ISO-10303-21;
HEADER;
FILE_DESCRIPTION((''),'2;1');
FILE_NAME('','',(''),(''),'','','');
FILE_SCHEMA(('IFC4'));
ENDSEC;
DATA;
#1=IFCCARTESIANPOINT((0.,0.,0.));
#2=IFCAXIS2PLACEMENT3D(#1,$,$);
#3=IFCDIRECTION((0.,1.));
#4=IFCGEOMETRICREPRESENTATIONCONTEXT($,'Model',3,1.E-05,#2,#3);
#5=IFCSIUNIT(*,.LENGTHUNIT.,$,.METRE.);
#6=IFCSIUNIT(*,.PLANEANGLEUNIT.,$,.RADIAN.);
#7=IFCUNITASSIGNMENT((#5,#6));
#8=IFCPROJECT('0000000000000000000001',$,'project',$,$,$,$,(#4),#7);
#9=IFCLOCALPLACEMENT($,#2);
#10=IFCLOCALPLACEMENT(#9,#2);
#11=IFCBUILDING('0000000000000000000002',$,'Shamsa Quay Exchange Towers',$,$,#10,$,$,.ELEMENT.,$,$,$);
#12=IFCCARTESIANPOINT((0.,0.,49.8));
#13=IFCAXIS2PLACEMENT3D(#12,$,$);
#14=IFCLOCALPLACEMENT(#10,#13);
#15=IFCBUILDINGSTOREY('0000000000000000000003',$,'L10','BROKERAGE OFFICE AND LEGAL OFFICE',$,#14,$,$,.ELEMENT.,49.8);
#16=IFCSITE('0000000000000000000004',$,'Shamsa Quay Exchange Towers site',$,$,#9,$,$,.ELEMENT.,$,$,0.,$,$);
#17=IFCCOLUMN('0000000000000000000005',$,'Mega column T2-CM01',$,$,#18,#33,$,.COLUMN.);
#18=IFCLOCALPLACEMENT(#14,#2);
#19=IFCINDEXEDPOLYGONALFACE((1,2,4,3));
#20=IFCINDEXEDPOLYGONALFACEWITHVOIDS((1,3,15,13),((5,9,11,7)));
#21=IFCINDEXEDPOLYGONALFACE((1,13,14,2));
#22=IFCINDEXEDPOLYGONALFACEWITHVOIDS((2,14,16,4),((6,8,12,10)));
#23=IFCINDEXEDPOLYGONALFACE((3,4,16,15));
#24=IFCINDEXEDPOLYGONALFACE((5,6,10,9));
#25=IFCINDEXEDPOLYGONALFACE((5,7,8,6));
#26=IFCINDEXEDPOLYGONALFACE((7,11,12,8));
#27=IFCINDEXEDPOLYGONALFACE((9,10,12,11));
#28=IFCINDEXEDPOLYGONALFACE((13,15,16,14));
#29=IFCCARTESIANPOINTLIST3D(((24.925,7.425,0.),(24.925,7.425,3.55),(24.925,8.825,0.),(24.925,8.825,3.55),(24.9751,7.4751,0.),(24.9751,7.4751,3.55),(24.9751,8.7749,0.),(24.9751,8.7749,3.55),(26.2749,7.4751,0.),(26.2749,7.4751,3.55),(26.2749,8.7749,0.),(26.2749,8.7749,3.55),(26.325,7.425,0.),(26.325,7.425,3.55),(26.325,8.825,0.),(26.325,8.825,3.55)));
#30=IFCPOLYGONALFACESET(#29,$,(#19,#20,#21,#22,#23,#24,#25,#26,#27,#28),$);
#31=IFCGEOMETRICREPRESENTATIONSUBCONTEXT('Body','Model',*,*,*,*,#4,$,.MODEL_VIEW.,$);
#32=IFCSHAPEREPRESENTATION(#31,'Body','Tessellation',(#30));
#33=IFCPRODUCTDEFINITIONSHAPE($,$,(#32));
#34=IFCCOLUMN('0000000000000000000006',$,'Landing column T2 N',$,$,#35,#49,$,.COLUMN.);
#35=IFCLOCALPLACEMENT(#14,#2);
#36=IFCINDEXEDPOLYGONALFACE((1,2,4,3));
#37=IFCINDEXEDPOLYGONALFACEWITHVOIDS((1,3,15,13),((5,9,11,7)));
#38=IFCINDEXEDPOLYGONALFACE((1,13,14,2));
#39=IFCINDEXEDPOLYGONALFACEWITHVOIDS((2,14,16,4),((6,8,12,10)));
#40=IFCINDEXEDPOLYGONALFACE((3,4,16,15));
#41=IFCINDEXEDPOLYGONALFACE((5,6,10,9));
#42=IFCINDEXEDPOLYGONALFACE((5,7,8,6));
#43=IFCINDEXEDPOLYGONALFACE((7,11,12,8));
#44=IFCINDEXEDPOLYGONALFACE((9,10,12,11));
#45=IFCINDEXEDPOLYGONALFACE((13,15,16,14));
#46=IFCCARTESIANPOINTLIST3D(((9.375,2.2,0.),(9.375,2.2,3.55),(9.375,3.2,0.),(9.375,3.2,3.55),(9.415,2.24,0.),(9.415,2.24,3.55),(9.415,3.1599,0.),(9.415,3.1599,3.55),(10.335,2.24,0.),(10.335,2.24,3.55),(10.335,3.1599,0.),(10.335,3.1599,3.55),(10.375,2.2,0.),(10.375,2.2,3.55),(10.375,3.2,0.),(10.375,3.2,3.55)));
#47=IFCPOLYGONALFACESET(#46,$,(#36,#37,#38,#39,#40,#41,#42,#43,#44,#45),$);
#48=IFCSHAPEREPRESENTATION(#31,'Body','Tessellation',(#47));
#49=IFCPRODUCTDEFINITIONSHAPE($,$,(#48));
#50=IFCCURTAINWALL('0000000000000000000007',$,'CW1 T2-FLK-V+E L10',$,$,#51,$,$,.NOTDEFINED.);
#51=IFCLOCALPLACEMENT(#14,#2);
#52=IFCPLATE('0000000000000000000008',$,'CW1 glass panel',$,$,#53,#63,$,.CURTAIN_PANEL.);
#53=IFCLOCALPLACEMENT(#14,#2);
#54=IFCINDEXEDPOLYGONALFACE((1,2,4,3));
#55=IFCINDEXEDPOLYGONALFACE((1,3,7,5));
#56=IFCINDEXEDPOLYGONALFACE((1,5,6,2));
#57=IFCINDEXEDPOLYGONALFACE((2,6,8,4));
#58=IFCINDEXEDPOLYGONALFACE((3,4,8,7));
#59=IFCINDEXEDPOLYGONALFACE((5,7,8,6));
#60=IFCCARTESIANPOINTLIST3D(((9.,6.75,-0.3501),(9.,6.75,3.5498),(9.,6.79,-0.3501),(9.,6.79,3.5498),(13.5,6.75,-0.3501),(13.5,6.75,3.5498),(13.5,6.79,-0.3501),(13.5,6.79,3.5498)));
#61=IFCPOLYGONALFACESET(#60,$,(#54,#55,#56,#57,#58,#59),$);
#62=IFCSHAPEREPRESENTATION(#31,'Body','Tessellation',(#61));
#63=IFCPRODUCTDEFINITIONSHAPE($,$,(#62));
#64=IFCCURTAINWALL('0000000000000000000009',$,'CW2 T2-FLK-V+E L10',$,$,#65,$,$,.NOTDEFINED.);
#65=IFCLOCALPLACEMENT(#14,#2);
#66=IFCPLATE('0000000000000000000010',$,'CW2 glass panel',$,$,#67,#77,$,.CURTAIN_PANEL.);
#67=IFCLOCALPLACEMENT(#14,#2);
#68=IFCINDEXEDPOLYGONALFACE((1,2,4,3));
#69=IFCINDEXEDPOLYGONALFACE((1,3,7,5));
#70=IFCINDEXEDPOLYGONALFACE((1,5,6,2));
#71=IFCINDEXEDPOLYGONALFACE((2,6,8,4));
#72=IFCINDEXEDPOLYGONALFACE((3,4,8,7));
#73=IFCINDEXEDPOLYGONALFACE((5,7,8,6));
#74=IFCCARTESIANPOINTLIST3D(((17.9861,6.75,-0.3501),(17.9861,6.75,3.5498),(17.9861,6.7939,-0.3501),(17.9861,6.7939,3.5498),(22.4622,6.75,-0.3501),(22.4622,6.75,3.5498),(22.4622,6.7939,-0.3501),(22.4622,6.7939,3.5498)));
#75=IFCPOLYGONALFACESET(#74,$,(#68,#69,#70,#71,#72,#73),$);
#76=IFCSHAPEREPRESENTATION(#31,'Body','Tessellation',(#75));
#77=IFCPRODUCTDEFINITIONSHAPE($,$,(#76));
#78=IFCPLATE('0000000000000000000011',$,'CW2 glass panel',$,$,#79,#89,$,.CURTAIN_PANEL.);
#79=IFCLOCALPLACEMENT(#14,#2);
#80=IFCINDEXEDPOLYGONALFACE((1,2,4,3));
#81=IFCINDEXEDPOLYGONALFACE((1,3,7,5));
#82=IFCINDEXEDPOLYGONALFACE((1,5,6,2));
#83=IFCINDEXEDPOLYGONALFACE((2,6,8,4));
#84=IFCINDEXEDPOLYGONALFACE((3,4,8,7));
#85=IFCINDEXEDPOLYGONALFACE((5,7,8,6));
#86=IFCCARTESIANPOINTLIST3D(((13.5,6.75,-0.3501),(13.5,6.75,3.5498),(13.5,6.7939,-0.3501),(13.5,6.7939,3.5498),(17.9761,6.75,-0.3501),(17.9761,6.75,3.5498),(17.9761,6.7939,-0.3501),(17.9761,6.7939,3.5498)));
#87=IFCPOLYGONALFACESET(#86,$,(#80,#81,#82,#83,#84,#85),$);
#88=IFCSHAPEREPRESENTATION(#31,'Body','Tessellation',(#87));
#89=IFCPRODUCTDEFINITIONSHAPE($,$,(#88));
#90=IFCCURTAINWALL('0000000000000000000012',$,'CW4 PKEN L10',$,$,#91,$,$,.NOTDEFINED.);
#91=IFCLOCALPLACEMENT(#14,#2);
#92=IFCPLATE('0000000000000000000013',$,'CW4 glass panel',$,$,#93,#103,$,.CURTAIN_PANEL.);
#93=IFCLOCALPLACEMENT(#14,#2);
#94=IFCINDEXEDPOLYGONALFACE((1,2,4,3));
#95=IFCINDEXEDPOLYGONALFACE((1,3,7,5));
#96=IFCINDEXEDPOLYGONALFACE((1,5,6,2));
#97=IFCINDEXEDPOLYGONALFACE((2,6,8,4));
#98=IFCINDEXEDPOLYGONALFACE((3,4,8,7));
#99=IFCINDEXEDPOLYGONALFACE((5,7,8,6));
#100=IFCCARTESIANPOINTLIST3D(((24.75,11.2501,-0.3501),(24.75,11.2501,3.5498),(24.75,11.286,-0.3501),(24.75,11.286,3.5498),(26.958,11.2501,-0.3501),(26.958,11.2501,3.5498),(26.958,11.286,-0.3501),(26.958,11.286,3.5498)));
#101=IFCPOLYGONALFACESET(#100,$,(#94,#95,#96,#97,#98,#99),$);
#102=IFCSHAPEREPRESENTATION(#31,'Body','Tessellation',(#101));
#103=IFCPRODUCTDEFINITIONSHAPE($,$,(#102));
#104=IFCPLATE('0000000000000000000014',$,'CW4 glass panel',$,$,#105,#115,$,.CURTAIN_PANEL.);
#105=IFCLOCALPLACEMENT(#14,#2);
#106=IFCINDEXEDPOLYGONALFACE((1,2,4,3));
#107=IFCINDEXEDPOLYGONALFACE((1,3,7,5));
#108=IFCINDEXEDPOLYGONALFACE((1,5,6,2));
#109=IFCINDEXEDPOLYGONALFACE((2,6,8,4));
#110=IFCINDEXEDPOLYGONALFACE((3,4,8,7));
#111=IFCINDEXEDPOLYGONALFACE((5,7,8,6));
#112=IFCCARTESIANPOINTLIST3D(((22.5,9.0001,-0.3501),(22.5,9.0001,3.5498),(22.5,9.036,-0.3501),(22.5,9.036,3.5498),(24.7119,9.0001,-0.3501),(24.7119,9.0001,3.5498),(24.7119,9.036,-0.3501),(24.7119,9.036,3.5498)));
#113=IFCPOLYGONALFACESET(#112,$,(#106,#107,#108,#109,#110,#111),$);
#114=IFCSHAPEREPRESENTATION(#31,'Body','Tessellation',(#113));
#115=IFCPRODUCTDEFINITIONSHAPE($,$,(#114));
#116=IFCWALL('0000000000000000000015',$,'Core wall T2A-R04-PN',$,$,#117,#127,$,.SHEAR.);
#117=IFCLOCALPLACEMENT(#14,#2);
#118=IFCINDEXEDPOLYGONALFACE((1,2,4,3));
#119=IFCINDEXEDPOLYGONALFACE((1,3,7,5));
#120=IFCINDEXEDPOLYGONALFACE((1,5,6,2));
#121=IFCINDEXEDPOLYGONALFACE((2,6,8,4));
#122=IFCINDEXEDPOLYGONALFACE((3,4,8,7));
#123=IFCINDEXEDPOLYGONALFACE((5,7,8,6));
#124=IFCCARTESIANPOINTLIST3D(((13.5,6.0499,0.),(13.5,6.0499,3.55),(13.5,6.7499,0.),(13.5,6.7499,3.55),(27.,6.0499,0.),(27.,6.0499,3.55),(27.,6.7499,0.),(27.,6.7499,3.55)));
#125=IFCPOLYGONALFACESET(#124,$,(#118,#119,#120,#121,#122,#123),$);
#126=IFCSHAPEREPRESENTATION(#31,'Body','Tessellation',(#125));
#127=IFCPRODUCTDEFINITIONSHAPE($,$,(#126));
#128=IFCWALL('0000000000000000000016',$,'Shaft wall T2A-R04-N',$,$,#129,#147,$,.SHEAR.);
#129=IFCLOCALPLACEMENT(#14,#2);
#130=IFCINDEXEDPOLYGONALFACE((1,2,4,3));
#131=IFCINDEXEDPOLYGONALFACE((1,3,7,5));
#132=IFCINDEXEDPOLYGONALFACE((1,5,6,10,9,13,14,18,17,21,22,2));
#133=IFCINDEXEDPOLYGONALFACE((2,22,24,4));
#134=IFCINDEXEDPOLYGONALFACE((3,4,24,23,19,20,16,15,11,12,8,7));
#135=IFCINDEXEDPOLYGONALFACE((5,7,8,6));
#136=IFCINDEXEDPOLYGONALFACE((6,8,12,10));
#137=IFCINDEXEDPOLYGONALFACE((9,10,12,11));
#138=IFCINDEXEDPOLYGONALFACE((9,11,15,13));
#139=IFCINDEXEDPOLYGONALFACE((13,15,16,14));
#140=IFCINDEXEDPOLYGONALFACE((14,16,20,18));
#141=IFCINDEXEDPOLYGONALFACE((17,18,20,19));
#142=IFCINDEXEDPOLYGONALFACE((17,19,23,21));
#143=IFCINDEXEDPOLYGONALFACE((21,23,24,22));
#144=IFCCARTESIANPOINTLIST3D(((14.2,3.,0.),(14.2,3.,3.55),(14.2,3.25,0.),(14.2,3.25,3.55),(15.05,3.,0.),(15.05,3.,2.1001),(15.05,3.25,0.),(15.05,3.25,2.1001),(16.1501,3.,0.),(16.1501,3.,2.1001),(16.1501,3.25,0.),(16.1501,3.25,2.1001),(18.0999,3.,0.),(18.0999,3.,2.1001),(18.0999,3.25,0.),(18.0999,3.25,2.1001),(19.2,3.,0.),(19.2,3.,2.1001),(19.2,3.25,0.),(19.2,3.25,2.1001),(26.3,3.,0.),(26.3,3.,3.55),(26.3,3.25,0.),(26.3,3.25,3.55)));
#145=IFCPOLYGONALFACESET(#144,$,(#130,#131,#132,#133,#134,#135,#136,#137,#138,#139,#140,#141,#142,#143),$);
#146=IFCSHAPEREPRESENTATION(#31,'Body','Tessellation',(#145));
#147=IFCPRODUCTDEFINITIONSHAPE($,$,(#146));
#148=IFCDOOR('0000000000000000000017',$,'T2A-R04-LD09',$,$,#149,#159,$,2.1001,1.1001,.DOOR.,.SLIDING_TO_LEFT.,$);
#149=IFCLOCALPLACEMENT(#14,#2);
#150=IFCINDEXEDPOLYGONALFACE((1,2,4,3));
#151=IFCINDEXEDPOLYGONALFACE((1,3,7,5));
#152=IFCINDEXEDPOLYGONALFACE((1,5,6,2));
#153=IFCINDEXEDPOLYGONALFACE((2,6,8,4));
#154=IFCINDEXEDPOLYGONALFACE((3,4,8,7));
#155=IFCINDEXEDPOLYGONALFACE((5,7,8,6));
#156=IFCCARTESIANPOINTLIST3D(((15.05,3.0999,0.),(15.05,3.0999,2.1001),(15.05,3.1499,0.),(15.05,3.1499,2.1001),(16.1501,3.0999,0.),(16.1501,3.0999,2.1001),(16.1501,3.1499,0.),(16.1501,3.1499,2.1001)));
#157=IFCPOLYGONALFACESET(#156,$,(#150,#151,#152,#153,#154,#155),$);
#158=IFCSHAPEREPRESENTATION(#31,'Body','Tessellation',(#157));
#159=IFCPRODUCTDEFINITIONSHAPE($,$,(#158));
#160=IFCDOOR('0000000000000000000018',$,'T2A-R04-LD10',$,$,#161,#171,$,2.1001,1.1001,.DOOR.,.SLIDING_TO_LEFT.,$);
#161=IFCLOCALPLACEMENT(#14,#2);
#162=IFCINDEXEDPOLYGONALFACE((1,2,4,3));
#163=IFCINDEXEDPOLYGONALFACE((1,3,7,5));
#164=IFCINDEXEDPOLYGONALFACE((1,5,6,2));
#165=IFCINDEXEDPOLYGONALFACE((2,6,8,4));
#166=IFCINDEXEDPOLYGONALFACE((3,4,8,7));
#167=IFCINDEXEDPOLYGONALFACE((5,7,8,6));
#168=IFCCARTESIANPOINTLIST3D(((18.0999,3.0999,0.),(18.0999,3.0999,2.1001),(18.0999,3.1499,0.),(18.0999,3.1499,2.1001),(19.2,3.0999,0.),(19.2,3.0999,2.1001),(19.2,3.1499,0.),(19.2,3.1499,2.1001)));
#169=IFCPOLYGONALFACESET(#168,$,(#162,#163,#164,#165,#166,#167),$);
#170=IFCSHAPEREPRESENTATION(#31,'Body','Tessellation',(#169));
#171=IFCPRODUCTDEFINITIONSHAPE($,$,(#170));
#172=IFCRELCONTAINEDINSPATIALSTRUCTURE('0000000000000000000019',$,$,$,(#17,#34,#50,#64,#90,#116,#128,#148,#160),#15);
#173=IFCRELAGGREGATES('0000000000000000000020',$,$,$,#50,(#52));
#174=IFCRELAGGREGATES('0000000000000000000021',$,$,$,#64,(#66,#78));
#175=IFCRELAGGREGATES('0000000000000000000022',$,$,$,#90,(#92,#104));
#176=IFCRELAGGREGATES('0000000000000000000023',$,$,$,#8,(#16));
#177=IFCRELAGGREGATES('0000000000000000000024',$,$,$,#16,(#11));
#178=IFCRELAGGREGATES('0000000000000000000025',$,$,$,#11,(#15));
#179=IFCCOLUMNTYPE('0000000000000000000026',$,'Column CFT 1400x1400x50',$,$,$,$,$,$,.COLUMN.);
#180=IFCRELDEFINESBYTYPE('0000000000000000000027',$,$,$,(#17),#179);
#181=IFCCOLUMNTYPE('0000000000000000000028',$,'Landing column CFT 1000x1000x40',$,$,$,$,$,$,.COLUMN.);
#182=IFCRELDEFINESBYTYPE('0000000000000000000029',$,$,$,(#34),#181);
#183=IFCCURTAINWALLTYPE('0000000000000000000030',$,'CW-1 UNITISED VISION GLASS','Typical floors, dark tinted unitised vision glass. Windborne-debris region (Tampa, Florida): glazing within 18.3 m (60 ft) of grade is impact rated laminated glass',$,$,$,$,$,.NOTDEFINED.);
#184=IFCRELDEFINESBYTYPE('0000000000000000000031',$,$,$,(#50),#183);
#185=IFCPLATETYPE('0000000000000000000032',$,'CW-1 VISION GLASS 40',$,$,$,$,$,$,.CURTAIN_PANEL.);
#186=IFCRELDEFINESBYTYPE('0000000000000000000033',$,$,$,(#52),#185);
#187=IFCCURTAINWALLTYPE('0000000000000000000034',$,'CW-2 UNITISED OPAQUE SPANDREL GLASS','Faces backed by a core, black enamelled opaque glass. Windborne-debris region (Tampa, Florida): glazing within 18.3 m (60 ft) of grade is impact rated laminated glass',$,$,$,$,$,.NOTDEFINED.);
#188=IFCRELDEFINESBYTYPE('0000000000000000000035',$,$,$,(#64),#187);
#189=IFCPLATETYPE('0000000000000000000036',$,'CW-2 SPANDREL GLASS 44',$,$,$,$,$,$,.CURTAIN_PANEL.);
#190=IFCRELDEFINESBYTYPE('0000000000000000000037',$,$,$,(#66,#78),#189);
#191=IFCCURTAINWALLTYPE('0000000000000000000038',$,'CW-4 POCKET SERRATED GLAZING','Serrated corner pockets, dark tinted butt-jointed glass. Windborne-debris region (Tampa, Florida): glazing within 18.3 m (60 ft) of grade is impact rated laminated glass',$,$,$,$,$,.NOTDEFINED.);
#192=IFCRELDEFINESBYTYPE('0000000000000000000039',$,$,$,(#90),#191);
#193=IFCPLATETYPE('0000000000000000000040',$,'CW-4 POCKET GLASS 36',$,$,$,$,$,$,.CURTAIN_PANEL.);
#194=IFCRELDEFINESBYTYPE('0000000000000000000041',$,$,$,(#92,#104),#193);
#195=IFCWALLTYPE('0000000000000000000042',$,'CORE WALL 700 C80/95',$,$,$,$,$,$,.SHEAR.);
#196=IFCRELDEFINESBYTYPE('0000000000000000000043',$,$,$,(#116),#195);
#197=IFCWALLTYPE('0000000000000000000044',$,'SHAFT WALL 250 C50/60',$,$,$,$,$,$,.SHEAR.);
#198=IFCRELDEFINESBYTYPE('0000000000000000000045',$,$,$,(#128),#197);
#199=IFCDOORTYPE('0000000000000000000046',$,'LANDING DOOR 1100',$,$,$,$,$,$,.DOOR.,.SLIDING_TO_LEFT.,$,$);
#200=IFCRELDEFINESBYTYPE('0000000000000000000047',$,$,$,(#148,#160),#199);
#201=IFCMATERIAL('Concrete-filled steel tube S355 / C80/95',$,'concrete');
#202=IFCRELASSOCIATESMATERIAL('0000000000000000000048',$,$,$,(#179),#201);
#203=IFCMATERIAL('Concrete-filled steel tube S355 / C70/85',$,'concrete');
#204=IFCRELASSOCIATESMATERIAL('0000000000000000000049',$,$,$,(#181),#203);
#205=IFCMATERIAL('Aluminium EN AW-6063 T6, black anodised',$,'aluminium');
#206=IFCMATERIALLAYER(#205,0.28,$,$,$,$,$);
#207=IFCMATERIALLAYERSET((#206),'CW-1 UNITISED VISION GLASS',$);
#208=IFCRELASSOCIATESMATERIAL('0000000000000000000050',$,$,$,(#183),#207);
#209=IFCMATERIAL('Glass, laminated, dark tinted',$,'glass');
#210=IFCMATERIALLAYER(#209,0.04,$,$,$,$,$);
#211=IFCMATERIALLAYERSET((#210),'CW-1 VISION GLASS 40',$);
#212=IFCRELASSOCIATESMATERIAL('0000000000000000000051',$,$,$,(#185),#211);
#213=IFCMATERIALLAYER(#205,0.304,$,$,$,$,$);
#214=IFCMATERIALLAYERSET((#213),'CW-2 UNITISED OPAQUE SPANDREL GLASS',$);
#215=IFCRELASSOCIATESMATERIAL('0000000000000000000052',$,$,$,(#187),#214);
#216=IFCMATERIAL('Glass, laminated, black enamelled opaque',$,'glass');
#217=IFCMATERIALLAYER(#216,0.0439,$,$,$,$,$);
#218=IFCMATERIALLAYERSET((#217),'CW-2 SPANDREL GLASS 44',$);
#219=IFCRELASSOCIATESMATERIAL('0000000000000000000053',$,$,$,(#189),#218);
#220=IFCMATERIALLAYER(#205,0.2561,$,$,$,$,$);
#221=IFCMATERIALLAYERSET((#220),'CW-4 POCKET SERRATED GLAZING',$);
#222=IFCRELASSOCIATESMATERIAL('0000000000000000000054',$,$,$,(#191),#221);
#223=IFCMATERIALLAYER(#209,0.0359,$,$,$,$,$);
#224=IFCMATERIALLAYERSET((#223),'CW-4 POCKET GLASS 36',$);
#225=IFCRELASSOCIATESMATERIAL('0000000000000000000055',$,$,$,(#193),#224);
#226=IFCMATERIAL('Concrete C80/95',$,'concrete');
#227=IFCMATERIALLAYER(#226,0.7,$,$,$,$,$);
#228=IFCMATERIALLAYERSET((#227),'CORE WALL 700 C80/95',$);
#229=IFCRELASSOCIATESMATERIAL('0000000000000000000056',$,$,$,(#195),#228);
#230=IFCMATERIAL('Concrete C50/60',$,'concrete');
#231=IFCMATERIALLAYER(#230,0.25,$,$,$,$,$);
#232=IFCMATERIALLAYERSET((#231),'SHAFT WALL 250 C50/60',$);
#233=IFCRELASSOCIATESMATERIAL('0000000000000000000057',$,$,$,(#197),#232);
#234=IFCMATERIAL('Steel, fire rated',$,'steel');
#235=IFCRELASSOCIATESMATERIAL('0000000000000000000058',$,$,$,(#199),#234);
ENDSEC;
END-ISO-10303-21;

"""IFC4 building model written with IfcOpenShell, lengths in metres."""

from ifc_helpers import new_model, si_unit, direction, frame, frame_2d, origin, origin_2d, place, context, subcontext, project, spatial, rectangle, hollow_rectangle, extrude, material, layer, layer_set, material_profile, profile_set, type_object, element, fill, aggregate, save


model = new_model("IFC4")

# Units and contexts
model_context = context("Model", 3, precision=1e-05, world=origin(), true_north=direction((0.0, 1.0)))
body_context = subcontext(model_context, "Body", "Model", "MODEL_VIEW")
ifc_project = project(units=[si_unit("LENGTHUNIT", "METRE"), si_unit("PLANEANGLEUNIT", "RADIAN")], contexts=[model_context])

# Site, building, storey
site_placement = place(None, origin())
site = spatial("IfcSite", under=ifc_project, at=site_placement, Name="Shamsa Quay Exchange Towers site", CompositionType="ELEMENT", RefElevation=0.0)
building_placement = place(site_placement, origin())
building = spatial("IfcBuilding", under=site, at=building_placement, Name="Shamsa Quay Exchange Towers", CompositionType="ELEMENT")
storey_placement = place(building_placement, frame((0.0, 0.0, 49.8)))
storey = spatial("IfcBuildingStorey", under=building, at=storey_placement, Name="L10", Description="BROKERAGE OFFICE AND LEGAL OFFICE", CompositionType="ELEMENT", Elevation=49.8)

# Columns
ifc_material_1 = material(Name="Concrete-filled steel tube S355 / C80/95", Category="concrete")
ifc_material_profile_1 = material_profile(ifc_material_1, hollow_rectangle(XDim=1.3999, YDim=1.3999, WallThickness=0.05, at=origin_2d()), Name="CFT 1400x1400x50")
ifc_profile_set_1 = profile_set([ifc_material_profile_1], Name="Concrete-filled steel tube S355 / C80/95")
column_type_1 = type_object("IfcColumnType", Name="Column CFT 1400x1400x50", PredefinedType="COLUMN", material=ifc_profile_set_1)
column_1_placement = place(storey_placement, frame((25.625, 8.125, 0.0)))
element("IfcColumn", 1, at=column_1_placement, inside=storey, type_object=column_type_1, Name="Mega column T2-CM01", PredefinedType="COLUMN", context=body_context, shape_type="SweptSolid", body=[
    extrude(hollow_rectangle(XDim=1.3999, YDim=1.3999, WallThickness=0.05, at=origin_2d()), origin(), (0.0, 0.0, 1.0), 3.55),
])
ifc_material_2 = material(Name="Concrete-filled steel tube S355 / C70/85", Category="concrete")
ifc_material_profile_2 = material_profile(ifc_material_2, hollow_rectangle(XDim=1.0, YDim=1.0, WallThickness=0.04, at=origin_2d()), Name="CFT 1000x1000x40")
ifc_profile_set_2 = profile_set([ifc_material_profile_2], Name="Concrete-filled steel tube S355 / C70/85")
column_type_2 = type_object("IfcColumnType", Name="Landing column CFT 1000x1000x40", PredefinedType="COLUMN", material=ifc_profile_set_2)
column_2_placement = place(storey_placement, frame((9.875, 2.7, 0.0)))
element("IfcColumn", 2, at=column_2_placement, inside=storey, type_object=column_type_2, Name="Landing column T2 N", PredefinedType="COLUMN", context=body_context, shape_type="SweptSolid", body=[
    extrude(hollow_rectangle(XDim=1.0, YDim=1.0, WallThickness=0.04, at=origin_2d()), origin(), (0.0, 0.0, 1.0), 3.55),
])

# Curtain wall, plate
ifc_material_3 = material(Name="Aluminium EN AW-6063 T6, black anodised", Category="aluminium")
ifc_layer_1 = layer(ifc_material_3, 0.28)
ifc_layer_set_1 = layer_set([ifc_layer_1], Name="CW-1 UNITISED VISION GLASS")
curtain_wall_type_1 = type_object("IfcCurtainWallType", Name="CW-1 UNITISED VISION GLASS", Description="Typical floors, dark tinted unitised vision glass. Windborne-debris region (Tampa, Florida): glazing within 18.3 m (60 ft) of grade is impact rated laminated glass", PredefinedType="NOTDEFINED", material=ifc_layer_set_1)
curtain_wall_1_placement = place(storey_placement, origin())
curtain_wall_1 = element("IfcCurtainWall", 3, at=curtain_wall_1_placement, inside=storey, type_object=curtain_wall_type_1, Name="CW1 T2-FLK-V+E L10", PredefinedType="NOTDEFINED")
ifc_material_4 = material(Name="Glass, laminated, dark tinted", Category="glass")
ifc_layer_2 = layer(ifc_material_4, 0.04)
ifc_layer_set_2 = layer_set([ifc_layer_2], Name="CW-1 VISION GLASS 40")
plate_type_1 = type_object("IfcPlateType", Name="CW-1 VISION GLASS 40", PredefinedType="CURTAIN_PANEL", material=ifc_layer_set_2)
plate_1_placement = place(storey_placement, frame((11.25, 6.77, -0.3501), z_axis=(0.0, 0.0, 1.0), x_axis=(-1.0, 0.0, 0.0)))
plate_1 = element("IfcPlate", 4, at=plate_1_placement, type_object=plate_type_1, Name="CW1 glass panel", PredefinedType="CURTAIN_PANEL", context=body_context, shape_type="SweptSolid", body=[
    extrude(rectangle(XDim=4.5, YDim=0.04, at=origin_2d()), origin(), (0.0, 0.0, 1.0), 3.8999),
])
aggregate(curtain_wall_1, [plate_1])

# Curtain walls, plates
ifc_layer_3 = layer(ifc_material_3, 0.304)
ifc_layer_set_3 = layer_set([ifc_layer_3], Name="CW-2 UNITISED OPAQUE SPANDREL GLASS")
curtain_wall_type_2 = type_object("IfcCurtainWallType", Name="CW-2 UNITISED OPAQUE SPANDREL GLASS", Description="Faces backed by a core, black enamelled opaque glass. Windborne-debris region (Tampa, Florida): glazing within 18.3 m (60 ft) of grade is impact rated laminated glass", PredefinedType="NOTDEFINED", material=ifc_layer_set_3)
curtain_wall_2_placement = place(storey_placement, origin())
curtain_wall_2 = element("IfcCurtainWall", 5, at=curtain_wall_2_placement, inside=storey, type_object=curtain_wall_type_2, Name="CW2 T2-FLK-V+E L10", PredefinedType="NOTDEFINED")
ifc_material_5 = material(Name="Glass, laminated, black enamelled opaque", Category="glass")
ifc_layer_4 = layer(ifc_material_5, 0.0439)
ifc_layer_set_4 = layer_set([ifc_layer_4], Name="CW-2 SPANDREL GLASS 44")
plate_type_2 = type_object("IfcPlateType", Name="CW-2 SPANDREL GLASS 44", PredefinedType="CURTAIN_PANEL", material=ifc_layer_set_4)
plate_2_placement = place(storey_placement, frame((20.2241, 6.772, -0.3501), z_axis=(0.0, 0.0, 1.0), x_axis=(-1.0, 0.0, 0.0)))
plate_2 = element("IfcPlate", 6, at=plate_2_placement, type_object=plate_type_2, Name="CW2 glass panel", PredefinedType="CURTAIN_PANEL", context=body_context, shape_type="SweptSolid", body=[
    extrude(rectangle(XDim=4.4761, YDim=0.0439, at=origin_2d()), origin(), (0.0, 0.0, 1.0), 3.8999),
])
plate_3_placement = place(storey_placement, frame((15.738, 6.772, -0.3501), z_axis=(0.0, 0.0, 1.0), x_axis=(-1.0, 0.0, 0.0)))
plate_3 = element("IfcPlate", 7, at=plate_3_placement, type_object=plate_type_2, Name="CW2 glass panel", PredefinedType="CURTAIN_PANEL", context=body_context, shape_type="SweptSolid", body=[
    extrude(rectangle(XDim=4.4761, YDim=0.0439, at=origin_2d()), origin(), (0.0, 0.0, 1.0), 3.8999),
])
aggregate(curtain_wall_2, [plate_2, plate_3])
ifc_layer_5 = layer(ifc_material_3, 0.2561)
ifc_layer_set_5 = layer_set([ifc_layer_5], Name="CW-4 POCKET SERRATED GLAZING")
curtain_wall_type_3 = type_object("IfcCurtainWallType", Name="CW-4 POCKET SERRATED GLAZING", Description="Serrated corner pockets, dark tinted butt-jointed glass. Windborne-debris region (Tampa, Florida): glazing within 18.3 m (60 ft) of grade is impact rated laminated glass", PredefinedType="NOTDEFINED", material=ifc_layer_set_5)
curtain_wall_3_placement = place(storey_placement, origin())
curtain_wall_3 = element("IfcCurtainWall", 8, at=curtain_wall_3_placement, inside=storey, type_object=curtain_wall_type_3, Name="CW4 PKEN L10", PredefinedType="NOTDEFINED")
ifc_layer_6 = layer(ifc_material_4, 0.0359)
ifc_layer_set_6 = layer_set([ifc_layer_6], Name="CW-4 POCKET GLASS 36")
plate_type_3 = type_object("IfcPlateType", Name="CW-4 POCKET GLASS 36", PredefinedType="CURTAIN_PANEL", material=ifc_layer_set_6)
plate_4_placement = place(storey_placement, frame((25.854, 11.2681, -0.3501), z_axis=(0.0, 0.0, 1.0), x_axis=(-1.0, 0.0, 0.0)))
plate_4 = element("IfcPlate", 9, at=plate_4_placement, type_object=plate_type_3, Name="CW4 glass panel", PredefinedType="CURTAIN_PANEL", context=body_context, shape_type="SweptSolid", body=[
    extrude(rectangle(XDim=2.208, YDim=0.0359, at=origin_2d()), origin(), (0.0, 0.0, 1.0), 3.8999),
])
plate_5_placement = place(storey_placement, frame((23.606, 9.0181, -0.3501), z_axis=(0.0, 0.0, 1.0), x_axis=(-1.0, 0.0, 0.0)))
plate_5 = element("IfcPlate", 10, at=plate_5_placement, type_object=plate_type_3, Name="CW4 glass panel", PredefinedType="CURTAIN_PANEL", context=body_context, shape_type="SweptSolid", body=[
    extrude(rectangle(XDim=2.2119, YDim=0.0359, at=origin_2d()), origin(), (0.0, 0.0, 1.0), 3.8999),
])
aggregate(curtain_wall_3, [plate_4, plate_5])

# Wall
ifc_material_6 = material(Name="Concrete C80/95", Category="concrete")
ifc_layer_7 = layer(ifc_material_6, 0.7)
ifc_layer_set_7 = layer_set([ifc_layer_7], Name="CORE WALL 700 C80/95")
wall_type_1 = type_object("IfcWallType", Name="CORE WALL 700 C80/95", PredefinedType="SHEAR", material=ifc_layer_set_7)
wall_1_placement = place(storey_placement, frame((13.5, 6.3999, 0.0)))
element("IfcWall", 11, at=wall_1_placement, inside=storey, type_object=wall_type_1, Name="Core wall T2A-R04-PN", PredefinedType="SHEAR", context=body_context, shape_type="SweptSolid", body=[
    extrude(rectangle(XDim=13.5, YDim=0.7, at=frame_2d((6.75, 0.0))), origin(), (0.0, 0.0, 1.0), 3.55),
])

# Shared definitions
ifc_material_7 = material(Name="Steel, fire rated", Category="steel")

# Wall, openings, doors
ifc_material_8 = material(Name="Concrete C50/60", Category="concrete")
ifc_layer_8 = layer(ifc_material_8, 0.25)
ifc_layer_set_8 = layer_set([ifc_layer_8], Name="SHAFT WALL 250 C50/60")
wall_type_2 = type_object("IfcWallType", Name="SHAFT WALL 250 C50/60", PredefinedType="SHEAR", material=ifc_layer_set_8)
wall_2_placement = place(storey_placement, frame((14.2, 3.125, 0.0)))
wall_2 = element("IfcWall", 12, at=wall_2_placement, inside=storey, type_object=wall_type_2, Name="Shaft wall T2A-R04-N", PredefinedType="SHEAR", context=body_context, shape_type="SweptSolid", body=[
    extrude(rectangle(XDim=12.1001, YDim=0.25, at=frame_2d((6.05, 0.0))), origin(), (0.0, 0.0, 1.0), 3.55),
])
opening_1_placement = place(wall_2_placement, frame((0.8501, 0.0, 0.0)))
opening_1 = element("IfcOpeningElement", 13, at=opening_1_placement, cuts=wall_2, PredefinedType="OPENING", context=body_context, shape_type="SweptSolid", body=[
    extrude(rectangle(XDim=1.1001, YDim=2.1001, at=frame_2d((0.55, 1.05))), frame((0.0, 0.135, 0.0), z_axis=(0.0, -1.0, 0.0), x_axis=(1.0, 0.0, 0.0)), (0.0, 0.0, 1.0), 0.27),
])
opening_2_placement = place(wall_2_placement, frame((3.8999, 0.0, 0.0)))
opening_2 = element("IfcOpeningElement", 14, at=opening_2_placement, cuts=wall_2, PredefinedType="OPENING", context=body_context, shape_type="SweptSolid", body=[
    extrude(rectangle(XDim=1.1001, YDim=2.1001, at=frame_2d((0.55, 1.05))), frame((0.0, 0.135, 0.0), z_axis=(0.0, -1.0, 0.0), x_axis=(1.0, 0.0, 0.0)), (0.0, 0.0, 1.0), 0.27),
])
door_type_1 = type_object("IfcDoorType", Name="LANDING DOOR 1100", OperationType="SLIDING_TO_LEFT", PredefinedType="DOOR", material=ifc_material_7)
door_1_placement = place(opening_1_placement, origin())
door_1 = element("IfcDoor", 15, at=door_1_placement, inside=storey, type_object=door_type_1, Name="T2A-R04-LD09", OperationType="SLIDING_TO_LEFT", OverallHeight=2.1001, OverallWidth=1.1001, PredefinedType="DOOR", context=body_context, shape_type="SweptSolid", body=[
    extrude(rectangle(XDim=1.1001, YDim=2.1001, at=frame_2d((0.55, 1.05))), frame((0.0, 0.0249, 0.0), z_axis=(0.0, -1.0, 0.0), x_axis=(1.0, 0.0, 0.0)), (0.0, 0.0, 1.0), 0.05),
])
fill(opening_1, door_1)
door_2_placement = place(opening_2_placement, origin())
door_2 = element("IfcDoor", 16, at=door_2_placement, inside=storey, type_object=door_type_1, Name="T2A-R04-LD10", OperationType="SLIDING_TO_LEFT", OverallHeight=2.1001, OverallWidth=1.1001, PredefinedType="DOOR", context=body_context, shape_type="SweptSolid", body=[
    extrude(rectangle(XDim=1.1001, YDim=2.1001, at=frame_2d((0.55, 1.05))), frame((0.0, 0.0249, 0.0), z_axis=(0.0, -1.0, 0.0), x_axis=(1.0, 0.0, 0.0)), (0.0, 0.0, 1.0), 0.05),
])
fill(opening_2, door_2)

save(model, "model.ifc")
